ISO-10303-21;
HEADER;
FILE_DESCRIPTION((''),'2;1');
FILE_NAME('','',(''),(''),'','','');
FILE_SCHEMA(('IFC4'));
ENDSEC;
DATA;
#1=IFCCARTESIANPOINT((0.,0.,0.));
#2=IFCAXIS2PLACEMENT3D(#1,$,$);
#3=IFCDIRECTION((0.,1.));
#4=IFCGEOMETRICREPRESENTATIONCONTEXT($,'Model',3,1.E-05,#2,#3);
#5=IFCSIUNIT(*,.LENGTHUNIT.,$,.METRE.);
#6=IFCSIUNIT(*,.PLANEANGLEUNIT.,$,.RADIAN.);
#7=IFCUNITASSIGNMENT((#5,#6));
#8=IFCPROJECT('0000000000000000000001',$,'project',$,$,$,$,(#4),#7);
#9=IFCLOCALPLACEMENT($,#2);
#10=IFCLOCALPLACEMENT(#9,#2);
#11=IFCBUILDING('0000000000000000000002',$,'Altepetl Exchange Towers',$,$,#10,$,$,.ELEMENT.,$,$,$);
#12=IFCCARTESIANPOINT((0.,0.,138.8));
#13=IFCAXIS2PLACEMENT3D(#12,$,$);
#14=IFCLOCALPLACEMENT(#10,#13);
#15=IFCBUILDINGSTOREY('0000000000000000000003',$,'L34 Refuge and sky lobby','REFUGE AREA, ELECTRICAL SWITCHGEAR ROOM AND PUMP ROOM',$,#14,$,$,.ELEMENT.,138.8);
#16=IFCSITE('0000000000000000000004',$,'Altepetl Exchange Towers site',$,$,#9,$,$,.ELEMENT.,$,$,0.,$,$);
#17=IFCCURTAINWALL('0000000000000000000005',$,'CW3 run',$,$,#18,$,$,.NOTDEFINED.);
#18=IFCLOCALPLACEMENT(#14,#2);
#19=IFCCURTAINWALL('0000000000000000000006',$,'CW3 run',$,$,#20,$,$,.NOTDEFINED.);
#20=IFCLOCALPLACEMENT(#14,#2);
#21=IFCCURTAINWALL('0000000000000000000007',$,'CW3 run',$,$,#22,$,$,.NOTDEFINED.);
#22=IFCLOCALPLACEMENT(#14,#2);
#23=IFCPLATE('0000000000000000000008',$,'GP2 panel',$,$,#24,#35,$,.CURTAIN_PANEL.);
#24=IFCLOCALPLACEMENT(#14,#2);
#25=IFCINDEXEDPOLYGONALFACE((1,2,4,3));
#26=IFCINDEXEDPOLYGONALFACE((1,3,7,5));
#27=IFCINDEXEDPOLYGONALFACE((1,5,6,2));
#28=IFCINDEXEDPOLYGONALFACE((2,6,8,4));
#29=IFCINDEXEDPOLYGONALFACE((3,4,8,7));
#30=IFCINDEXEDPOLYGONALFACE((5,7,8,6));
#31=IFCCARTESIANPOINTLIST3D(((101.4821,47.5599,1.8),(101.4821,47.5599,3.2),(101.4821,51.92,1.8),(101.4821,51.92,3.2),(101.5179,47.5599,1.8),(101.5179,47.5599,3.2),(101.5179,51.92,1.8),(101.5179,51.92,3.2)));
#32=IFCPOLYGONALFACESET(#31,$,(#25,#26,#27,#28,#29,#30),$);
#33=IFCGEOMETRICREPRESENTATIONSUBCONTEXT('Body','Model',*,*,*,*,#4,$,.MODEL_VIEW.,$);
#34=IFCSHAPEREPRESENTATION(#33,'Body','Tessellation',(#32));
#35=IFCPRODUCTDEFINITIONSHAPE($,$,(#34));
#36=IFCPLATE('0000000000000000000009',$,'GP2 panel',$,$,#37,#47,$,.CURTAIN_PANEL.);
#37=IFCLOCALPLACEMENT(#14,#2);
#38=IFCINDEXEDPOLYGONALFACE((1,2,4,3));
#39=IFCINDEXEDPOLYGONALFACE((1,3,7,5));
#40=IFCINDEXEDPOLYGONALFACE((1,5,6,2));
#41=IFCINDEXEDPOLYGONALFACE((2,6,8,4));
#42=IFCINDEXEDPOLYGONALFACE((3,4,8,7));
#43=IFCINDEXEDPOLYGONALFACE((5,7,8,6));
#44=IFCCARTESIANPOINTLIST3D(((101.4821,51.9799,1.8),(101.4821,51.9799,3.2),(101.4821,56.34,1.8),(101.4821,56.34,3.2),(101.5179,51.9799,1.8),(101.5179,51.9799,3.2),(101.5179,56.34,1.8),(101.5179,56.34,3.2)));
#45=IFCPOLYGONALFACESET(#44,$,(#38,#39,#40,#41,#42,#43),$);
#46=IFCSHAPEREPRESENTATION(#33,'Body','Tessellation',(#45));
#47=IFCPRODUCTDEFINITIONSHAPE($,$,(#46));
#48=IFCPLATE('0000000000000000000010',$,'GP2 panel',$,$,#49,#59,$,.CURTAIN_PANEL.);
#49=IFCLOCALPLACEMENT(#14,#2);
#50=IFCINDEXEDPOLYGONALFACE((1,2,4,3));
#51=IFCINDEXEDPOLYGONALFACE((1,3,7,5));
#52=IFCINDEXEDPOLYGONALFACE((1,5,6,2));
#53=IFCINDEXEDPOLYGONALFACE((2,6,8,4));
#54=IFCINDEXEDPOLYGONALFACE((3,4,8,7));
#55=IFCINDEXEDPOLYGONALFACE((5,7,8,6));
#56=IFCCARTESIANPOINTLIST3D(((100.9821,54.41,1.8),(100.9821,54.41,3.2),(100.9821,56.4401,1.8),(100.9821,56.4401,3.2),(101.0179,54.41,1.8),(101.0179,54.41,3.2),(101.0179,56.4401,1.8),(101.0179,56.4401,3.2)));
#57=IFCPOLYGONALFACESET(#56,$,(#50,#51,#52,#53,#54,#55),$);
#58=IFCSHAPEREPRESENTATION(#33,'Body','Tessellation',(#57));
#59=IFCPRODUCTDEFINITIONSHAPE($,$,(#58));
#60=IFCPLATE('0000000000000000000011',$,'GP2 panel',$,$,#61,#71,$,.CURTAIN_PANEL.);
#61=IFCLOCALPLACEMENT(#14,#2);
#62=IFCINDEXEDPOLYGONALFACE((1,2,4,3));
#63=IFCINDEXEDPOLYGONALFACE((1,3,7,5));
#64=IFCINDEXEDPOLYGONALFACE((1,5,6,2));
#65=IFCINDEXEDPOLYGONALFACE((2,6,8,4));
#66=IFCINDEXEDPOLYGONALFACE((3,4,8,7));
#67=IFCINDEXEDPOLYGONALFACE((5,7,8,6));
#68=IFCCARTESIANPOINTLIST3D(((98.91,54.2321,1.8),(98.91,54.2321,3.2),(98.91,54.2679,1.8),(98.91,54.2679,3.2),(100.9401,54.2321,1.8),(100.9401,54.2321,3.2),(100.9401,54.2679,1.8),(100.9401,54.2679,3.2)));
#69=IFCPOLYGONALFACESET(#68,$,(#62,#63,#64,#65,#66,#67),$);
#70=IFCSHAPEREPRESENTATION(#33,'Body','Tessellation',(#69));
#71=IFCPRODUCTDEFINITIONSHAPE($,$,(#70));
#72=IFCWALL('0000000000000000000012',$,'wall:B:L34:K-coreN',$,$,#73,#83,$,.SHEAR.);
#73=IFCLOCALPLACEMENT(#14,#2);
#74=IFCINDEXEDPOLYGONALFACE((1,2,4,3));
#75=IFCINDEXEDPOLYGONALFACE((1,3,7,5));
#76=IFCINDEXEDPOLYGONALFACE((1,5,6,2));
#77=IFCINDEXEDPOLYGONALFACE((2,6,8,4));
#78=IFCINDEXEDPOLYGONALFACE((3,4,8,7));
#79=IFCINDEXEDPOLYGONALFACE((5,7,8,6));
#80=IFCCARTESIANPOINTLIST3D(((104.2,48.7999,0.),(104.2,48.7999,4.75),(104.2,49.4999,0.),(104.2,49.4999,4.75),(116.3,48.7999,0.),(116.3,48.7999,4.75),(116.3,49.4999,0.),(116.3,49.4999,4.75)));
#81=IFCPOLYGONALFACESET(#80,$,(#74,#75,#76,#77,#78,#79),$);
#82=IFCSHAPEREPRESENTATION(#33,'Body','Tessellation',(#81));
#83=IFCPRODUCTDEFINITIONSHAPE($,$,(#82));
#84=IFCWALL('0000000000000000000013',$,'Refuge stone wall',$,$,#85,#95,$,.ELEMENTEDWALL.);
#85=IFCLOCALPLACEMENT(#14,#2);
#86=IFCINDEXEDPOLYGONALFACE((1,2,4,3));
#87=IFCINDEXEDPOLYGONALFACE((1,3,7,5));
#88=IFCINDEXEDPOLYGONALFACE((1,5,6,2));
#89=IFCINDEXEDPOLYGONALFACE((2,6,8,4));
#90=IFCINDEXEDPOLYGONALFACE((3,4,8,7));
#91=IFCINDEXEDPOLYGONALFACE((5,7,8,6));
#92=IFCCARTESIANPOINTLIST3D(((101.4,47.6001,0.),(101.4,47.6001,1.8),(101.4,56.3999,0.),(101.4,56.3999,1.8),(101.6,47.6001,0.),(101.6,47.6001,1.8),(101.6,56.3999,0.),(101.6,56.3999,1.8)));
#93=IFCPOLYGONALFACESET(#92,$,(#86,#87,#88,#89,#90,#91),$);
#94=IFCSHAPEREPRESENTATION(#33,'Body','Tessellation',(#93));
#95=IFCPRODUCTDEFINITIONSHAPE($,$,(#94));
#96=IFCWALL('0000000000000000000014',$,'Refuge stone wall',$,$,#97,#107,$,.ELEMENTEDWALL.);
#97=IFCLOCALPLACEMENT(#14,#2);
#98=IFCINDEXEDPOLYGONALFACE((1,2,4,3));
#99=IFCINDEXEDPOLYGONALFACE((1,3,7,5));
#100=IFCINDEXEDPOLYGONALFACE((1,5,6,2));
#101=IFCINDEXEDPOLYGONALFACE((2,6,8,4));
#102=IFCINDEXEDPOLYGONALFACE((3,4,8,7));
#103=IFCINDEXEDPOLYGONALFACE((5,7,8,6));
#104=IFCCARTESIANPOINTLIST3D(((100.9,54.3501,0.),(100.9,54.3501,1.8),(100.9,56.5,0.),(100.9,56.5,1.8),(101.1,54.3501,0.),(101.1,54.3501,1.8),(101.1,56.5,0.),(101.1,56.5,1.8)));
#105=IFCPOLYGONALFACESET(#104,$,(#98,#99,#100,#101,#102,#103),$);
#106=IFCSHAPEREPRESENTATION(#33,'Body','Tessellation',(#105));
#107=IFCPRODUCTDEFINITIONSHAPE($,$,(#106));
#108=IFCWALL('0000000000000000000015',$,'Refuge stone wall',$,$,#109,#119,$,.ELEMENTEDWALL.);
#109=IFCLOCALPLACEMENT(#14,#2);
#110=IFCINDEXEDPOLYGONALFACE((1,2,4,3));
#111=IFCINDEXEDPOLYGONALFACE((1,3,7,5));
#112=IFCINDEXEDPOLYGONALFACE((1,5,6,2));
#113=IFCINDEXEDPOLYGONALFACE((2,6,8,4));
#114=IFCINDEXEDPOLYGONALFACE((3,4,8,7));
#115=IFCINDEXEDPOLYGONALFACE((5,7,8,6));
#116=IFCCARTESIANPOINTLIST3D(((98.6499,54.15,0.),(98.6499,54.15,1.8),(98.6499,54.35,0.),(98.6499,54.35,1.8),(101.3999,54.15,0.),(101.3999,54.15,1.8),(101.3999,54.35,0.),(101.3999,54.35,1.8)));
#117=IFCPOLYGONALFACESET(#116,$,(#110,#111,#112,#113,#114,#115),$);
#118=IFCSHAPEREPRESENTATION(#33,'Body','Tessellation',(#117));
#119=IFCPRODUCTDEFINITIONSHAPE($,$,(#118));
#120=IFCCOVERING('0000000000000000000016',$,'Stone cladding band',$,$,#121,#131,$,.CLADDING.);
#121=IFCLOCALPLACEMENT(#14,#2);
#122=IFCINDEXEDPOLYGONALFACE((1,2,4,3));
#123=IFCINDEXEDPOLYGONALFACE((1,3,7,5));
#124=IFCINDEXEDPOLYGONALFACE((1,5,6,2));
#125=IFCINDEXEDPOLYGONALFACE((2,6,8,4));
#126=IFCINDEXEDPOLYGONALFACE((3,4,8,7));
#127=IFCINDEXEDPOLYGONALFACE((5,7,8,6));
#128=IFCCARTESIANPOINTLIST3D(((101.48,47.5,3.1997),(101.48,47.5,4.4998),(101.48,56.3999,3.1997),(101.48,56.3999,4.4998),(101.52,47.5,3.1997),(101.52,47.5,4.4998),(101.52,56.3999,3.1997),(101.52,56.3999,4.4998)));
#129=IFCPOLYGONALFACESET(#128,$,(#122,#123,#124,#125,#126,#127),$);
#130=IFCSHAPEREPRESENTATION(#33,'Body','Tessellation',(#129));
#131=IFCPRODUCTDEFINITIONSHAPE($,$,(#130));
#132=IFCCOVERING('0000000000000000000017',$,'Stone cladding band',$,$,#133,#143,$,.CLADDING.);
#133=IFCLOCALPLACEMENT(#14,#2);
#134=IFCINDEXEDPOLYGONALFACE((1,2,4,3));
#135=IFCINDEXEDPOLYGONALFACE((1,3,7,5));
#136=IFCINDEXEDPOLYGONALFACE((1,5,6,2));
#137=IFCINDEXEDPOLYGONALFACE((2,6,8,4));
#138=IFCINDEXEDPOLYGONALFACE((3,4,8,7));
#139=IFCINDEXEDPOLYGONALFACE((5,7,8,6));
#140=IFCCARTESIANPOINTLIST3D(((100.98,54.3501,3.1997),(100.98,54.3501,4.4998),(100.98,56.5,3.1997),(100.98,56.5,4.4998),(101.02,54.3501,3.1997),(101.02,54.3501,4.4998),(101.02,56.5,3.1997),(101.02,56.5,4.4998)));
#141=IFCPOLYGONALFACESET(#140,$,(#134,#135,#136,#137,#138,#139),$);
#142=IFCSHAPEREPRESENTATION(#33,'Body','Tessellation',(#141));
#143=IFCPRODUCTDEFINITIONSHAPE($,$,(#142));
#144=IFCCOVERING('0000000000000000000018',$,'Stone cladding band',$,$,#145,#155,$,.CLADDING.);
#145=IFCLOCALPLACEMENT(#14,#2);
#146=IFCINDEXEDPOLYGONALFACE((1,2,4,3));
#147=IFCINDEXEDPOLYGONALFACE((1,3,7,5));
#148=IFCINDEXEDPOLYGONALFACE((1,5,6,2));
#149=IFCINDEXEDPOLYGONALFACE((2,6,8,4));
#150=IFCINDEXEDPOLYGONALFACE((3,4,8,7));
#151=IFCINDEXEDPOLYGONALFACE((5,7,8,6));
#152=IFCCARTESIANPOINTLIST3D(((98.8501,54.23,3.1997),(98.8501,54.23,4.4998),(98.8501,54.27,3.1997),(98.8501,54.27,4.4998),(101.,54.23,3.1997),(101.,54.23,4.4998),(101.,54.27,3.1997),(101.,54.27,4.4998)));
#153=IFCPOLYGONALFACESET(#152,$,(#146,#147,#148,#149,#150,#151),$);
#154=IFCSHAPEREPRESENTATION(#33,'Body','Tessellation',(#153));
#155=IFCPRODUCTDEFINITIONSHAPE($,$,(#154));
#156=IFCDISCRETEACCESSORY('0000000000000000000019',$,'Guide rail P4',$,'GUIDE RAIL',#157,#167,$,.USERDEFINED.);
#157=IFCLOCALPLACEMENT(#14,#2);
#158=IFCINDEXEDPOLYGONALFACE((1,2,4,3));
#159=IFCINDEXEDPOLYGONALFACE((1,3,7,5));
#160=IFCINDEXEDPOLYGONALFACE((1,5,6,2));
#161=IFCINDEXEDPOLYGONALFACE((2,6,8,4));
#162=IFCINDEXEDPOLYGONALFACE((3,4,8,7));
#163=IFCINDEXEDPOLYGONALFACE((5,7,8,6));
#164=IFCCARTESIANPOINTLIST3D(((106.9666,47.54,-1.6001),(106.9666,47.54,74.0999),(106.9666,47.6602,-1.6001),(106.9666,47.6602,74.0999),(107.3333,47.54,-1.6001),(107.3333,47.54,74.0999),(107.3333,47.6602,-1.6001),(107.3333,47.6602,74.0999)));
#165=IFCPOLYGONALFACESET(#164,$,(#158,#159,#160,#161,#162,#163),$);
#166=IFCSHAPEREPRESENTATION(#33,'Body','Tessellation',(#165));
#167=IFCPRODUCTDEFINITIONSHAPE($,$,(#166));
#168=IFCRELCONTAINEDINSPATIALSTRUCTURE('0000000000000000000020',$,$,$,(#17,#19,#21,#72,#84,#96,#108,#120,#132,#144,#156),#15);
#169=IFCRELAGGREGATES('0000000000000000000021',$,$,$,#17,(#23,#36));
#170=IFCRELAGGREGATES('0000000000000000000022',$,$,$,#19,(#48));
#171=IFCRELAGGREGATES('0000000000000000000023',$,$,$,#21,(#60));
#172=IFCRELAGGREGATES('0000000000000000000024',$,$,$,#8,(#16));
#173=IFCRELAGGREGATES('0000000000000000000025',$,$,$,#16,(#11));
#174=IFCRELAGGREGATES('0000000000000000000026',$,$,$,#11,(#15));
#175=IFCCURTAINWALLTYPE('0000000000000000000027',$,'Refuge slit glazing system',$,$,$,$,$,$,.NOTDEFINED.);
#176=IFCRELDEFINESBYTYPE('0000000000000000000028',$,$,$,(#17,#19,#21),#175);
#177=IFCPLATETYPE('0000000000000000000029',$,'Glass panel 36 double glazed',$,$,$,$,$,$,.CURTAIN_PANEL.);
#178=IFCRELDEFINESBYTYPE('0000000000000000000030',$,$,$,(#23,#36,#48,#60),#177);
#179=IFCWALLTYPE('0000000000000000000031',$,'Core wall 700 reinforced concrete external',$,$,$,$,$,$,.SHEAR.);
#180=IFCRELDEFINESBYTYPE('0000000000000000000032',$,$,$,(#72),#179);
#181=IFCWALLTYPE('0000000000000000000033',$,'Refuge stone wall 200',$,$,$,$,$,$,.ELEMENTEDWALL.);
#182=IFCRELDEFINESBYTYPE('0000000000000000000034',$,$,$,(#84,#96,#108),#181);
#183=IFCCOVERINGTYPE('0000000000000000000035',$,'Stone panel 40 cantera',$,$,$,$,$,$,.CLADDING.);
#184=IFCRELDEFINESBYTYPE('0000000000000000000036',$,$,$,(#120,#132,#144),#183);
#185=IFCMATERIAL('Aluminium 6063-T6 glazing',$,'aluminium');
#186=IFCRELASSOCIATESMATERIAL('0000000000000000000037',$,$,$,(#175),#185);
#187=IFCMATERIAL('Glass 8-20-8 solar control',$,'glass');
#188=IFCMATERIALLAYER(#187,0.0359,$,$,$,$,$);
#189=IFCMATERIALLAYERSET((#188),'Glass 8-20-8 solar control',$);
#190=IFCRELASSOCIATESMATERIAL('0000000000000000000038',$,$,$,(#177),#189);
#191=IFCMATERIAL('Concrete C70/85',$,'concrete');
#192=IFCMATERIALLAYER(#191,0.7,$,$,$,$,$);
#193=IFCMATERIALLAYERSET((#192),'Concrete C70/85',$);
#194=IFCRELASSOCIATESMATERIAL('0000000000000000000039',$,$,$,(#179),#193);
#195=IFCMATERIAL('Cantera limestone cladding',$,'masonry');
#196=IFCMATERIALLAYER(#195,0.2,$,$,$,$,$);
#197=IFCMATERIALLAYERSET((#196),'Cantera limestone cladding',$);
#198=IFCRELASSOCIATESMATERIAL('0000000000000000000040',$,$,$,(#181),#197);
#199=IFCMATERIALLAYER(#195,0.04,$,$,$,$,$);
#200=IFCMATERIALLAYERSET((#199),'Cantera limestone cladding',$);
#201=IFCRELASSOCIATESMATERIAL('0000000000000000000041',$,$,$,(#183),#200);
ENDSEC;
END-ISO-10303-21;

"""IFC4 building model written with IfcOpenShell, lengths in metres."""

from ifc_helpers import new_model, si_unit, direction, frame, frame_2d, origin, origin_2d, place, context, subcontext, project, spatial, rectangle, extrude, material, layer, layer_set, type_object, element, aggregate, save


model = new_model("IFC4")

# Units and contexts
model_context = context("Model", 3, precision=1e-05, world=origin(), true_north=direction((0.0, 1.0)))
body_context = subcontext(model_context, "Body", "Model", "MODEL_VIEW")
ifc_project = project(units=[si_unit("LENGTHUNIT", "METRE"), si_unit("PLANEANGLEUNIT", "RADIAN")], contexts=[model_context])

# Site, building, storey
site_placement = place(None, origin())
site = spatial("IfcSite", under=ifc_project, at=site_placement, Name="Altepetl Exchange Towers site", CompositionType="ELEMENT", RefElevation=0.0)
building_placement = place(site_placement, origin())
building = spatial("IfcBuilding", under=site, at=building_placement, Name="Altepetl Exchange Towers", CompositionType="ELEMENT")
storey_placement = place(building_placement, frame((0.0, 0.0, 138.8)))
storey = spatial("IfcBuildingStorey", under=building, at=storey_placement, Name="L34 Refuge and sky lobby", Description="REFUGE AREA, ELECTRICAL SWITCHGEAR ROOM AND PUMP ROOM", CompositionType="ELEMENT", Elevation=138.8)

# Curtain walls
ifc_material_1 = material(Name="Aluminium 6063-T6 glazing", Category="aluminium")
curtain_wall_type = type_object("IfcCurtainWallType", Name="Refuge slit glazing system", PredefinedType="NOTDEFINED", material=ifc_material_1)
curtain_wall_1_placement = place(storey_placement, origin())
curtain_wall_1 = element("IfcCurtainWall", 1, at=curtain_wall_1_placement, inside=storey, type_object=curtain_wall_type, Name="CW3 run", PredefinedType="NOTDEFINED")
curtain_wall_2_placement = place(storey_placement, origin())
curtain_wall_2 = element("IfcCurtainWall", 2, at=curtain_wall_2_placement, inside=storey, type_object=curtain_wall_type, Name="CW3 run", PredefinedType="NOTDEFINED")

# Curtain wall
curtain_wall_3_placement = place(storey_placement, origin())
curtain_wall_3 = element("IfcCurtainWall", 3, at=curtain_wall_3_placement, inside=storey, type_object=curtain_wall_type, Name="CW3 run", PredefinedType="NOTDEFINED")

# Plates
ifc_material_2 = material(Name="Glass 8-20-8 solar control", Category="glass")
ifc_layer_1 = layer(ifc_material_2, 0.0359)
ifc_layer_set_1 = layer_set([ifc_layer_1], Name="Glass 8-20-8 solar control")
plate_type = type_object("IfcPlateType", Name="Glass panel 36 double glazed", PredefinedType="CURTAIN_PANEL", material=ifc_layer_set_1)
plate_1_placement = place(storey_placement, frame((101.5, 49.74, 1.8), z_axis=(0.0, 0.0, 1.0), x_axis=(0.0, 1.0, 0.0)))
plate_1 = element("IfcPlate", 4, at=plate_1_placement, type_object=plate_type, Name="GP2 panel", PredefinedType="CURTAIN_PANEL", context=body_context, shape_type="SweptSolid", body=[
    extrude(rectangle(XDim=4.3601, YDim=0.0359, at=origin_2d()), origin(), (0.0, 0.0, 1.0), 1.3999),
])
plate_2_placement = place(storey_placement, frame((101.5, 54.1599, 1.8), z_axis=(0.0, 0.0, 1.0), x_axis=(0.0, 1.0, 0.0)))
plate_2 = element("IfcPlate", 5, at=plate_2_placement, type_object=plate_type, Name="GP2 panel", PredefinedType="CURTAIN_PANEL", context=body_context, shape_type="SweptSolid", body=[
    extrude(rectangle(XDim=4.3601, YDim=0.0359, at=origin_2d()), origin(), (0.0, 0.0, 1.0), 1.3999),
])
aggregate(curtain_wall_1, [plate_1, plate_2])
plate_3_placement = place(storey_placement, frame((101.0, 55.425, 1.8), z_axis=(0.0, 0.0, 1.0), x_axis=(0.0, -1.0, 0.0)))
plate_3 = element("IfcPlate", 6, at=plate_3_placement, type_object=plate_type, Name="GP2 panel", PredefinedType="CURTAIN_PANEL", context=body_context, shape_type="SweptSolid", body=[
    extrude(rectangle(XDim=2.03, YDim=0.0359, at=origin_2d()), origin(), (0.0, 0.0, 1.0), 1.3999),
])
aggregate(curtain_wall_2, [plate_3])
plate_4_placement = place(storey_placement, frame((99.925, 54.25, 1.8), z_axis=(0.0, 0.0, 1.0), x_axis=(-1.0, 0.0, 0.0)))
plate_4 = element("IfcPlate", 7, at=plate_4_placement, type_object=plate_type, Name="GP2 panel", PredefinedType="CURTAIN_PANEL", context=body_context, shape_type="SweptSolid", body=[
    extrude(rectangle(XDim=2.03, YDim=0.0359, at=origin_2d()), origin(), (0.0, 0.0, 1.0), 1.3999),
])
aggregate(curtain_wall_3, [plate_4])

# Walls
ifc_material_3 = material(Name="Concrete C70/85", Category="concrete")
ifc_layer_2 = layer(ifc_material_3, 0.7)
ifc_layer_set_2 = layer_set([ifc_layer_2], Name="Concrete C70/85")
wall_type_1 = type_object("IfcWallType", Name="Core wall 700 reinforced concrete external", PredefinedType="SHEAR", material=ifc_layer_set_2)
wall_1_placement = place(storey_placement, frame((104.2, 49.1499, 0.0)))
element("IfcWall", 8, at=wall_1_placement, inside=storey, type_object=wall_type_1, Name="wall:B:L34:K-coreN", PredefinedType="SHEAR", context=body_context, shape_type="SweptSolid", body=[
    extrude(rectangle(XDim=12.1001, YDim=0.7, at=frame_2d((6.05, 0.0))), origin(), (0.0, 0.0, 1.0), 4.75),
])
ifc_material_4 = material(Name="Cantera limestone cladding", Category="masonry")
ifc_layer_3 = layer(ifc_material_4, 0.2)
ifc_layer_set_3 = layer_set([ifc_layer_3], Name="Cantera limestone cladding")
wall_type_2 = type_object("IfcWallType", Name="Refuge stone wall 200", PredefinedType="ELEMENTEDWALL", material=ifc_layer_set_3)
wall_2_placement = place(storey_placement, frame((101.5, 47.6001, 0.0), z_axis=(0.0, 0.0, 1.0), x_axis=(0.0, 1.0, 0.0)))
element("IfcWall", 9, at=wall_2_placement, inside=storey, type_object=wall_type_2, Name="Refuge stone wall", PredefinedType="ELEMENTEDWALL", context=body_context, shape_type="SweptSolid", body=[
    extrude(rectangle(XDim=8.7998, YDim=0.2, at=frame_2d((4.3999, 0.0))), origin(), (0.0, 0.0, 1.0), 1.8),
])
wall_3_placement = place(storey_placement, frame((101.0, 56.5, 0.0), z_axis=(0.0, 0.0, 1.0), x_axis=(0.0, -1.0, 0.0)))
element("IfcWall", 10, at=wall_3_placement, inside=storey, type_object=wall_type_2, Name="Refuge stone wall", PredefinedType="ELEMENTEDWALL", context=body_context, shape_type="SweptSolid", body=[
    extrude(rectangle(XDim=2.1499, YDim=0.2, at=frame_2d((1.075, 0.0))), origin(), (0.0, 0.0, 1.0), 1.8),
])
wall_4_placement = place(storey_placement, frame((101.3999, 54.25, 0.0), z_axis=(0.0, 0.0, 1.0), x_axis=(-1.0, 0.0, 0.0)))
element("IfcWall", 11, at=wall_4_placement, inside=storey, type_object=wall_type_2, Name="Refuge stone wall", PredefinedType="ELEMENTEDWALL", context=body_context, shape_type="SweptSolid", body=[
    extrude(rectangle(XDim=2.75, YDim=0.2, at=frame_2d((1.375, 0.0))), origin(), (0.0, 0.0, 1.0), 1.8),
])

# Coverings
ifc_layer_4 = layer(ifc_material_4, 0.04)
ifc_layer_set_4 = layer_set([ifc_layer_4], Name="Cantera limestone cladding")
covering_type = type_object("IfcCoveringType", Name="Stone panel 40 cantera", PredefinedType="CLADDING", material=ifc_layer_set_4)
covering_placement = place(storey_placement, frame((101.5, 51.95, 3.1997), z_axis=(0.0, 0.0, 1.0), x_axis=(0.0, 1.0, 0.0)))
element("IfcCovering", 12, at=covering_placement, inside=storey, type_object=covering_type, Name="Stone cladding band", PredefinedType="CLADDING", context=body_context, shape_type="SweptSolid", body=[
    extrude(rectangle(XDim=8.8999, YDim=0.04, at=origin_2d()), origin(), (0.0, 0.0, 1.0), 1.3),
])
for number, where, z_axis, x_axis, name in (
    (13, (101.0, 55.425, 3.1997), (0.0, 0.0, 1.0), (0.0, -1.0, 0.0), "Stone cladding band"),
    (14, (99.925, 54.25, 3.1997), (0.0, 0.0, 1.0), (-1.0, 0.0, 0.0), "Stone cladding band"),
):
    element("IfcCovering", number, at=place(storey_placement, frame(where, z_axis=z_axis, x_axis=x_axis)), inside=storey, type_object=covering_type, Name=name, PredefinedType="CLADDING", context=body_context, shape_type="SweptSolid", body=[
        extrude(rectangle(XDim=2.1499, YDim=0.04, at=origin_2d()), origin(), (0.0, 0.0, 1.0), 1.3),
    ])

# Discrete accessory
discrete_accessory_placement = place(storey_placement, frame((107.1499, 47.6001, -1.6001)))
element("IfcDiscreteAccessory", 15, at=discrete_accessory_placement, inside=storey, Name="Guide rail P4", ObjectType="GUIDE RAIL", PredefinedType="USERDEFINED", context=body_context, shape_type="SweptSolid", body=[
    extrude(rectangle(XDim=0.3667, YDim=0.1201, at=origin_2d()), origin(), (0.0, 0.0, 1.0), 75.7),
])

save(model, "model.ifc")
